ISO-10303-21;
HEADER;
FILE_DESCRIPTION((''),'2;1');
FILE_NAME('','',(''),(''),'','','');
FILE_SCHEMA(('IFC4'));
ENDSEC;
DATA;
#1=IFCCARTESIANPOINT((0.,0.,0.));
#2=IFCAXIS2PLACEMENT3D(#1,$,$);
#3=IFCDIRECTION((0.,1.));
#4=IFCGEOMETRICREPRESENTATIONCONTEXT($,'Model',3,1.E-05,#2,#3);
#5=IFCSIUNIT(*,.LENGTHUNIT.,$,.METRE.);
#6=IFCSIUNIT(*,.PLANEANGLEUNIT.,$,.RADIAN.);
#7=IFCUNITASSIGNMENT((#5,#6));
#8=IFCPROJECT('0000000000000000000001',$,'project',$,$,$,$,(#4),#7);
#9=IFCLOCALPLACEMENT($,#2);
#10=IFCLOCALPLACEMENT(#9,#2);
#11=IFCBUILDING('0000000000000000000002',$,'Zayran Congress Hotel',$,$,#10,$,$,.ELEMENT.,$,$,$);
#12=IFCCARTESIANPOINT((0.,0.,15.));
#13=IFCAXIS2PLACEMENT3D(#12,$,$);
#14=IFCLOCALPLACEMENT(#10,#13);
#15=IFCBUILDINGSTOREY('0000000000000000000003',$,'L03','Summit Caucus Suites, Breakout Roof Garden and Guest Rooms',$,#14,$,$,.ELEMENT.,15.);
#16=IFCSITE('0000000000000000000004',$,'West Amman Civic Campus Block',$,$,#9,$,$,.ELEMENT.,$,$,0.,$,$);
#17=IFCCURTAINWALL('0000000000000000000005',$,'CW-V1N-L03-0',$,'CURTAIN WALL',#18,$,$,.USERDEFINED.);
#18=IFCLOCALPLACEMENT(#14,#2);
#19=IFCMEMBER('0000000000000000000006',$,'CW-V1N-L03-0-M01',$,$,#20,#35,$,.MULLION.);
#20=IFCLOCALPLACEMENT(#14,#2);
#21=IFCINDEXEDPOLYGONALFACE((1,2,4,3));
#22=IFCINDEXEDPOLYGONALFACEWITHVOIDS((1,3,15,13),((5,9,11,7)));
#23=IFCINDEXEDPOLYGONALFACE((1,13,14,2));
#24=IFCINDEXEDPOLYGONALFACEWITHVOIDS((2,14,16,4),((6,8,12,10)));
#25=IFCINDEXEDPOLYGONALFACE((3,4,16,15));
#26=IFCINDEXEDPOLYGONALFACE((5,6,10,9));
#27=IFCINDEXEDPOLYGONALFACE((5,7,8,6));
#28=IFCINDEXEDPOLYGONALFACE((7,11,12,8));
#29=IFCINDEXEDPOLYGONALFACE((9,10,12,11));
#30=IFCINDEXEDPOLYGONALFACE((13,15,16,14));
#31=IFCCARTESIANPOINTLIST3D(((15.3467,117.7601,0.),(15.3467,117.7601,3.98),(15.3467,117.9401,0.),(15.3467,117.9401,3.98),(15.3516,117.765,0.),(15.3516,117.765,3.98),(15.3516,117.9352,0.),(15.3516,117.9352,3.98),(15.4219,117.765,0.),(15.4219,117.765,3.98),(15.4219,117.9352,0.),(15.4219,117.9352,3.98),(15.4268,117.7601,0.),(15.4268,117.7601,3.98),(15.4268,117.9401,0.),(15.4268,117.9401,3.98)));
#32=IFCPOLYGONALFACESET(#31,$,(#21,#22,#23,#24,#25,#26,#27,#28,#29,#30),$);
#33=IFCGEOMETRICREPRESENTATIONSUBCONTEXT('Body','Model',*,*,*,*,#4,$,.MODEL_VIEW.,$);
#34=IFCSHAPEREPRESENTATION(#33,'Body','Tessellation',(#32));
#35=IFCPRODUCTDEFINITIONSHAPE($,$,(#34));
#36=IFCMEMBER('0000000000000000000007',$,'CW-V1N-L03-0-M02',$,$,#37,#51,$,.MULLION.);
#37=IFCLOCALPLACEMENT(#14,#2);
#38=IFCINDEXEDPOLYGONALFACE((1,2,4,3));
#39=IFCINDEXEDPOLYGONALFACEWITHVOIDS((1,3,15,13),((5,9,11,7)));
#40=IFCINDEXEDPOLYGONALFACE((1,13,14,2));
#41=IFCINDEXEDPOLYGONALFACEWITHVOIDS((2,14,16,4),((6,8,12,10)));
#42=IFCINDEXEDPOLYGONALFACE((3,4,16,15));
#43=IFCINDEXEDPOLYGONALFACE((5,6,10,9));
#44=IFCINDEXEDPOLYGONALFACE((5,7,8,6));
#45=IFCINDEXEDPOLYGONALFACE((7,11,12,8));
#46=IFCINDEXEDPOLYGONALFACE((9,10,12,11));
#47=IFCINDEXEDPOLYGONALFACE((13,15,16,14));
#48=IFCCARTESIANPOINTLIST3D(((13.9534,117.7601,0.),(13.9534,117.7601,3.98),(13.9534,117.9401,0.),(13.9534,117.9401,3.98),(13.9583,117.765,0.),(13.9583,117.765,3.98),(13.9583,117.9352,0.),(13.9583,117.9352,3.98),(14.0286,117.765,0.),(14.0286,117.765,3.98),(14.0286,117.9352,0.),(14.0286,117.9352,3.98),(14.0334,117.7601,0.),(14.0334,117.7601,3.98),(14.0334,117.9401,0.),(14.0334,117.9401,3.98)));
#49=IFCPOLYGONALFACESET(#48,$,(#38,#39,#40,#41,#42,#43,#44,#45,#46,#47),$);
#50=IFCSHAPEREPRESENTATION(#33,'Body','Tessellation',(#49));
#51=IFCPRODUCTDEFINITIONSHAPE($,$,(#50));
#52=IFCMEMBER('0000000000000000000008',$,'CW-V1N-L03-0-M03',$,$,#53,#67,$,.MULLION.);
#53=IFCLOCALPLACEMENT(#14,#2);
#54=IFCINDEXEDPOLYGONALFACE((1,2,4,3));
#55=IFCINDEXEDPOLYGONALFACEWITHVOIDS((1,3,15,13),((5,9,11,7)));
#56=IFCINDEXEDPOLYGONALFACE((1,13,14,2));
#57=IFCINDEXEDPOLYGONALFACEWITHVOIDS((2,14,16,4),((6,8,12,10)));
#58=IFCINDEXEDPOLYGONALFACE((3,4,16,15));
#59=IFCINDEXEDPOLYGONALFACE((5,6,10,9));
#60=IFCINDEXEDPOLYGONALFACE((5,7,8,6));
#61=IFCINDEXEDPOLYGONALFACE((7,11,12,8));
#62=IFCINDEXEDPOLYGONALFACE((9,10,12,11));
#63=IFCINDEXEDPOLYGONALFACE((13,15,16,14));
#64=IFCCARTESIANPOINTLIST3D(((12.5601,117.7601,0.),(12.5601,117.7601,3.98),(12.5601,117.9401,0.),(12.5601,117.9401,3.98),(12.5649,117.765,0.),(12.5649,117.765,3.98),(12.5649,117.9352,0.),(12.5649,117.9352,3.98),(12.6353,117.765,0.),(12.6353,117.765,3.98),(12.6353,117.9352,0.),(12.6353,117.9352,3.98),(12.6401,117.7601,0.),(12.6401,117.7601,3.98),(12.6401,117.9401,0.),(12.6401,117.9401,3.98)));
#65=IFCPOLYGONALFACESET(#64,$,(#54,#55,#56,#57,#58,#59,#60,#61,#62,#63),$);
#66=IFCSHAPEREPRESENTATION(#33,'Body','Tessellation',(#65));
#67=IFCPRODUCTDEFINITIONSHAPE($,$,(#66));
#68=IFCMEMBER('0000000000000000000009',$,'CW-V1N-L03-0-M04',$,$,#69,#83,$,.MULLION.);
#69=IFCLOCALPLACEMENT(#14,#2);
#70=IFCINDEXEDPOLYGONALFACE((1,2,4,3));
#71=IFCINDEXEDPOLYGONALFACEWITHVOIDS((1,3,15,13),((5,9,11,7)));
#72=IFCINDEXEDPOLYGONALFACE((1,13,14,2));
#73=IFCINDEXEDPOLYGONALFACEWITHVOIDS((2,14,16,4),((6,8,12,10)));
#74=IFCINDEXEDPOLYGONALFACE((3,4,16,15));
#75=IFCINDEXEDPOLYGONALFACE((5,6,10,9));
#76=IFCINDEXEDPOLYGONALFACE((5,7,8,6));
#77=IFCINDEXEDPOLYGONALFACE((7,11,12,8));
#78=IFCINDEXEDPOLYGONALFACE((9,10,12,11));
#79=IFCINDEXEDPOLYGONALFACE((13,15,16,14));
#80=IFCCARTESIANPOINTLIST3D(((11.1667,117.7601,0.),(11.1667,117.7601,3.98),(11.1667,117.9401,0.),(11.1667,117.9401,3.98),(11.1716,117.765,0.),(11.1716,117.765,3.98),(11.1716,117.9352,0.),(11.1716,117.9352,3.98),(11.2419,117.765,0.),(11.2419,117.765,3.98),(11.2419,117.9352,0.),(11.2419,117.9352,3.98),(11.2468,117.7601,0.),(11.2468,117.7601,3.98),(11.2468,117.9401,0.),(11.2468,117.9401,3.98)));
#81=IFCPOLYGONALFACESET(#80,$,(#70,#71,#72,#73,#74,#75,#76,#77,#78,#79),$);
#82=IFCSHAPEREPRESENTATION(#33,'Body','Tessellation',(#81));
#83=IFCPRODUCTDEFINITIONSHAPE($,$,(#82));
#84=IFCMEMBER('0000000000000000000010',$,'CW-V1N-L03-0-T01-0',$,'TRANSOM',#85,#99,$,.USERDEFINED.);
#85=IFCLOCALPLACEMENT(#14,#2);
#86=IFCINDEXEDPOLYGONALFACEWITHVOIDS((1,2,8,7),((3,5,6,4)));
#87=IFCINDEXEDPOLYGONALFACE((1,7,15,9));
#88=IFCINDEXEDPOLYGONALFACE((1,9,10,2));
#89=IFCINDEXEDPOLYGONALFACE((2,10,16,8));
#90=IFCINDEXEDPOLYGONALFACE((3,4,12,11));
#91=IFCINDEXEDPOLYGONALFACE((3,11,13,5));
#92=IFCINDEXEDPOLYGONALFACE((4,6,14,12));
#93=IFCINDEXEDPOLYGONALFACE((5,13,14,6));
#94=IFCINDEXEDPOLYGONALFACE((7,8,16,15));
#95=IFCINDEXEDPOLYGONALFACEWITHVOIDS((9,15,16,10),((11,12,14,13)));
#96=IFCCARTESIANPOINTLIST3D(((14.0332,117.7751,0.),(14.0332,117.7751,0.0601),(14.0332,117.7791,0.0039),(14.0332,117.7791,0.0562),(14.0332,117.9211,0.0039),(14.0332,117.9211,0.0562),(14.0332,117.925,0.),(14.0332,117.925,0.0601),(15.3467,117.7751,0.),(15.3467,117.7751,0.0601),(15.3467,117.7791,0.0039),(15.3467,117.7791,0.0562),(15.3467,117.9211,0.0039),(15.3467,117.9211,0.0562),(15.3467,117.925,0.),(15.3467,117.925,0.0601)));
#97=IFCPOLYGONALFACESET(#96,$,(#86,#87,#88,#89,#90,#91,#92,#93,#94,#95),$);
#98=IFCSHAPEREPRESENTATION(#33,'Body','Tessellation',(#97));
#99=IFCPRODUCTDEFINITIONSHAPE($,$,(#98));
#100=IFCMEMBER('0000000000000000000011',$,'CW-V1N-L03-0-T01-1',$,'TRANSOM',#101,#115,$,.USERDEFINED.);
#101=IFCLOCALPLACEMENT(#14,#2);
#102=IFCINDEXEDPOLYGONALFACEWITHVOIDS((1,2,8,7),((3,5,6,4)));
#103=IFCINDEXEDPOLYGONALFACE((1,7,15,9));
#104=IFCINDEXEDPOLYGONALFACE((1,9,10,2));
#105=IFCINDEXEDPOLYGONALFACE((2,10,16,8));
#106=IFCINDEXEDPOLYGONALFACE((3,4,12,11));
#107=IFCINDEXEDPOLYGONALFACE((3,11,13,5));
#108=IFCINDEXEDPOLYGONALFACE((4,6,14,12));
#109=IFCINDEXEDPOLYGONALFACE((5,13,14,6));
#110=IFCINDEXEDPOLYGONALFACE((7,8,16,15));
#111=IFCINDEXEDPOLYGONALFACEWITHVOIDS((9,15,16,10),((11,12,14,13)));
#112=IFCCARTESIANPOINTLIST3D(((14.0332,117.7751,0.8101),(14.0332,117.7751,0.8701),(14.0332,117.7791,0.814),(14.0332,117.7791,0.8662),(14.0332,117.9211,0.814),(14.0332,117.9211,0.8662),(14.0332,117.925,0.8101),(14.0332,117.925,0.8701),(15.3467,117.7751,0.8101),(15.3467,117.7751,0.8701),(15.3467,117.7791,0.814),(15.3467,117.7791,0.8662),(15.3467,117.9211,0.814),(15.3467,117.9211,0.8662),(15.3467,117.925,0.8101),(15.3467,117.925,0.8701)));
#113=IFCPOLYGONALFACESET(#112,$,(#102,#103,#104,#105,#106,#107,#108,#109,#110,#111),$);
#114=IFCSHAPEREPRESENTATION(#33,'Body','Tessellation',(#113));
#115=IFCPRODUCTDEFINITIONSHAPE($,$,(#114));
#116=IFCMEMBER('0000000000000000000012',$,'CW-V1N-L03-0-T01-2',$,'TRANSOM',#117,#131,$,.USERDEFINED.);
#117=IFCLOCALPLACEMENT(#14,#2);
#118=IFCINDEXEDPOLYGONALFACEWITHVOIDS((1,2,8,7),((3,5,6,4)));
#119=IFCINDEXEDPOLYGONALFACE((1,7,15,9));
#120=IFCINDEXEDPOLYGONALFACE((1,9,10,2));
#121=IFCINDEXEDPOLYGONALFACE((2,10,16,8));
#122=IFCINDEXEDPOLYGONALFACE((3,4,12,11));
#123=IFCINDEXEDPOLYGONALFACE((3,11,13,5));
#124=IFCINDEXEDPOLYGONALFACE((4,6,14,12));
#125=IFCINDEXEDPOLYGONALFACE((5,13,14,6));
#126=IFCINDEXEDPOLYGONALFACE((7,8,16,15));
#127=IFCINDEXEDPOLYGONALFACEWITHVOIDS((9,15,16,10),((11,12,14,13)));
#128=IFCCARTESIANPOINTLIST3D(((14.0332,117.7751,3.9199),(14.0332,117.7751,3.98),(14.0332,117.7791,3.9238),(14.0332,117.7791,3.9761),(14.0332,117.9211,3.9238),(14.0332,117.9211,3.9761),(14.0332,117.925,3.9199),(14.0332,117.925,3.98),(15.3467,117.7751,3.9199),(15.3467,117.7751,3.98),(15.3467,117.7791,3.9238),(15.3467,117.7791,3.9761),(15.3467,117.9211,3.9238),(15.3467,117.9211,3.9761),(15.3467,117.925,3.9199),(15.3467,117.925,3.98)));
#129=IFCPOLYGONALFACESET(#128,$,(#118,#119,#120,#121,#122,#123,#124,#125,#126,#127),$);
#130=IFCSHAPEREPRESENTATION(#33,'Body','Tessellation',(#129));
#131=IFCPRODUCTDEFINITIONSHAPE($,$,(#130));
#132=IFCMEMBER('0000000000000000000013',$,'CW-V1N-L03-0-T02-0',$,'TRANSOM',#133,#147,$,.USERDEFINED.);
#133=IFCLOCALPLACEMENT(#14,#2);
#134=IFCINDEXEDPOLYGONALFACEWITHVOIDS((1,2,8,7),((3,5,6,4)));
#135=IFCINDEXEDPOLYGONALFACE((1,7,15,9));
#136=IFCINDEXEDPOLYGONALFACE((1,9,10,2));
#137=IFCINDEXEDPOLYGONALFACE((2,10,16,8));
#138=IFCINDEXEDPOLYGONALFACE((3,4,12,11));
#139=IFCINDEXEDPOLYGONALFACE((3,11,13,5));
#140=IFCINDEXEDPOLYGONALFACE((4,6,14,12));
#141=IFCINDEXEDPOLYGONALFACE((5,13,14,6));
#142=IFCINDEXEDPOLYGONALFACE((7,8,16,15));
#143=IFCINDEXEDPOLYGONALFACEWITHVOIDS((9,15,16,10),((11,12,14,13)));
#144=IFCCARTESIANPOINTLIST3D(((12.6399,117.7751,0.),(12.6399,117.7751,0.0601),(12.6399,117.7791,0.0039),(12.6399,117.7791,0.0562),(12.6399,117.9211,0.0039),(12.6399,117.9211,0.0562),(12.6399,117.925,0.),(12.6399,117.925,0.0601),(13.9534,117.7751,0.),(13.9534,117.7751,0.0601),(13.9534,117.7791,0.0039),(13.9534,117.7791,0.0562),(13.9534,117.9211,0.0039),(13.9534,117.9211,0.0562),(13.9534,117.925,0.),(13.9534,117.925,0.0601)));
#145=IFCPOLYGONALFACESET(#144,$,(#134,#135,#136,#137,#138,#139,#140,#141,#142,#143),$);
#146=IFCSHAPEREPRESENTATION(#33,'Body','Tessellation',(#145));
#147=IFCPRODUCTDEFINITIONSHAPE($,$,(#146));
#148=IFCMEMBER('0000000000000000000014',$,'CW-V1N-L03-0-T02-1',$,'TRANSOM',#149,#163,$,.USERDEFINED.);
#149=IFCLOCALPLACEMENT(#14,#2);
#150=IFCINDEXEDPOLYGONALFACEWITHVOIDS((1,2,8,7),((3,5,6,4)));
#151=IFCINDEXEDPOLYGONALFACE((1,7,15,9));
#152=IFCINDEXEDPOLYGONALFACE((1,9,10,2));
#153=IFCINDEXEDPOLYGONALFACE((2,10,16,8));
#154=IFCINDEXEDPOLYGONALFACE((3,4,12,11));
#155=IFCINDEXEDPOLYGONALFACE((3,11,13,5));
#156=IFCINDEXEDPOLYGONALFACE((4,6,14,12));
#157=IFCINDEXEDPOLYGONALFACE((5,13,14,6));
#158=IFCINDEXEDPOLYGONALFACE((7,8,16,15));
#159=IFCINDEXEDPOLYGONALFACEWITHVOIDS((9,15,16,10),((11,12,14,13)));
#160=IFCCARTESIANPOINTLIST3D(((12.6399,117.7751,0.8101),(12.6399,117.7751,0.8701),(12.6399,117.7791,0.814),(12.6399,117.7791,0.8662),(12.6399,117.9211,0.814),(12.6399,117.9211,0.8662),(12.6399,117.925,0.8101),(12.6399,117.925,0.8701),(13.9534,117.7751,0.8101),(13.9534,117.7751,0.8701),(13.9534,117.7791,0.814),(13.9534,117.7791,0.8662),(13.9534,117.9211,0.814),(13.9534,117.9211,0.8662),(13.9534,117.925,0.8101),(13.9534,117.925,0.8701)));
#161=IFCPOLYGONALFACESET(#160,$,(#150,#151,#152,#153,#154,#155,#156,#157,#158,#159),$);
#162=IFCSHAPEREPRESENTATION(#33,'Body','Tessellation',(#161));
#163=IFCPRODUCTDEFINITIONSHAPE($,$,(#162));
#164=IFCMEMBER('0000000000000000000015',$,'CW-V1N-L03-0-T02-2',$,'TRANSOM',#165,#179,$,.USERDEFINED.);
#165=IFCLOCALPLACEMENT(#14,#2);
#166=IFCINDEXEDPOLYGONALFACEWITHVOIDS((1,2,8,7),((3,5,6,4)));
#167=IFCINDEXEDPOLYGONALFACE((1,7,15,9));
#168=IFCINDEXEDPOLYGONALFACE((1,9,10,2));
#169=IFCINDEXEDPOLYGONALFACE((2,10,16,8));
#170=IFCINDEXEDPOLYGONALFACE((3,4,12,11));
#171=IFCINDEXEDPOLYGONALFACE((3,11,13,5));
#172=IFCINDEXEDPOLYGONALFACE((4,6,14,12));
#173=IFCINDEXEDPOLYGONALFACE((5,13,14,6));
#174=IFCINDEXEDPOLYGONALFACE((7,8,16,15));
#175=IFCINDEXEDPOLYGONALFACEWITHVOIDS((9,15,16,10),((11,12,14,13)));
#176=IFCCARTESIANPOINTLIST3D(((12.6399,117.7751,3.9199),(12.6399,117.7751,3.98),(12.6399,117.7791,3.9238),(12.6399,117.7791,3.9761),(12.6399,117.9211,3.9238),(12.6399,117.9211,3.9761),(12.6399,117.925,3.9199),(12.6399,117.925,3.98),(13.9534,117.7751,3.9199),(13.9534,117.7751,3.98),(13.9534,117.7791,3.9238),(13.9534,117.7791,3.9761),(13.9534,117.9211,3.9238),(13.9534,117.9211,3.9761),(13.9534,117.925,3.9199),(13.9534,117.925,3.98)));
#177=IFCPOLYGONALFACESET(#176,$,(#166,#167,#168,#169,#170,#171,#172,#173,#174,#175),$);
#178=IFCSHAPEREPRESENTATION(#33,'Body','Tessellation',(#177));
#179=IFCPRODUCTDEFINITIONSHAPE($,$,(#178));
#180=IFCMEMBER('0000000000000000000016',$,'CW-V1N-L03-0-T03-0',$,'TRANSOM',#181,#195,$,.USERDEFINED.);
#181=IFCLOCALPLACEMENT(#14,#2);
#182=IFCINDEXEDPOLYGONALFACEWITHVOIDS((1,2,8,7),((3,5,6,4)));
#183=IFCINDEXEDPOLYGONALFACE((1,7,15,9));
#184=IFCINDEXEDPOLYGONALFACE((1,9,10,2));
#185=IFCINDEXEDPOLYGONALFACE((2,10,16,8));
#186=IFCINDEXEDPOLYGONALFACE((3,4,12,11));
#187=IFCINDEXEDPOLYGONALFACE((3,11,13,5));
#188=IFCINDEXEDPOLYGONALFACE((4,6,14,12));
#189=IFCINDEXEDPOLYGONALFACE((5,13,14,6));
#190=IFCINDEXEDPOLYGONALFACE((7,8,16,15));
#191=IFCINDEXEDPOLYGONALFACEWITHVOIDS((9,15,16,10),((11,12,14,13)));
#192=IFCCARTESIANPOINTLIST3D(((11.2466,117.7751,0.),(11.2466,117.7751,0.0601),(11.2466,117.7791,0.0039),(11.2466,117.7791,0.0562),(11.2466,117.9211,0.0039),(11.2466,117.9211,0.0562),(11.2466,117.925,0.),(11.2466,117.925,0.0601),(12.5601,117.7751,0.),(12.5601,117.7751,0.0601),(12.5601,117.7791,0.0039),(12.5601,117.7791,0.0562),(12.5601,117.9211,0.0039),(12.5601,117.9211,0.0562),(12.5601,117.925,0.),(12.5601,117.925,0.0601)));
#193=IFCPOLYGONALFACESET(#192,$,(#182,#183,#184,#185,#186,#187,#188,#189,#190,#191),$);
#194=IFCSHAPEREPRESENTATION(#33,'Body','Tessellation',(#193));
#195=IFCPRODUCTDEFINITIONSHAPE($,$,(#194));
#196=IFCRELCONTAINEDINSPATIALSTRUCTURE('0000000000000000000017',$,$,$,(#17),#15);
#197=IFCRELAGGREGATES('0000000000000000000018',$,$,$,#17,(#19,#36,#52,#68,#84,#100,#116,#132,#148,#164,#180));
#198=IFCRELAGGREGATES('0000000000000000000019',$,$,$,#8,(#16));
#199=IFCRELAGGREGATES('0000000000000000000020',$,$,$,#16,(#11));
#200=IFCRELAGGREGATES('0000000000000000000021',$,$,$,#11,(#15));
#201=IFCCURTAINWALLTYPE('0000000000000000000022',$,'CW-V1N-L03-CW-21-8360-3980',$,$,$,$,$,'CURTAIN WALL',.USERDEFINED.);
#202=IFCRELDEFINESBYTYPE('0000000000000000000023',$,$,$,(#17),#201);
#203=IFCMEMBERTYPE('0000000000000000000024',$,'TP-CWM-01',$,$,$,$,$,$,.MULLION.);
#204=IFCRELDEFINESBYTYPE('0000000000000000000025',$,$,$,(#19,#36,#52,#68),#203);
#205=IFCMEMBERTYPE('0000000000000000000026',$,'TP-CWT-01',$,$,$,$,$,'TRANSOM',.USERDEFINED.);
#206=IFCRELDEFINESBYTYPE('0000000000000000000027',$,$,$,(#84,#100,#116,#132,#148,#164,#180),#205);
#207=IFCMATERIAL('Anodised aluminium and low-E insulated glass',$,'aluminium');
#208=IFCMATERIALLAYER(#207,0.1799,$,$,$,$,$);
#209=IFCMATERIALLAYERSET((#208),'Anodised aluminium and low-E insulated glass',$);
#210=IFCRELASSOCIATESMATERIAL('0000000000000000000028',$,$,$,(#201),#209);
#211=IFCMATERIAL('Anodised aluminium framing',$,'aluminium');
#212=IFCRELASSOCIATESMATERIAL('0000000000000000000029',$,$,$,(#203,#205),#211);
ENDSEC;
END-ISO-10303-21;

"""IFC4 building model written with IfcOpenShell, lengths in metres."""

from ifc_helpers import new_model, si_unit, direction, frame, origin, origin_2d, place, context, subcontext, project, spatial, hollow_rectangle, extrude, material, layer, layer_set, material_profile, profile_set, type_object, element, aggregate, save


model = new_model("IFC4")

# Units and contexts
model_context = context("Model", 3, precision=1e-05, world=origin(), true_north=direction((0.0, 1.0)))
body_context = subcontext(model_context, "Body", "Model", "MODEL_VIEW")
ifc_project = project(units=[si_unit("LENGTHUNIT", "METRE"), si_unit("PLANEANGLEUNIT", "RADIAN")], contexts=[model_context])

# Site, building, storey
site_placement = place(None, origin())
site = spatial("IfcSite", under=ifc_project, at=site_placement, Name="West Amman Civic Campus Block", CompositionType="ELEMENT", RefElevation=0.0)
building_placement = place(site_placement, origin())
building = spatial("IfcBuilding", under=site, at=building_placement, Name="Zayran Congress Hotel", CompositionType="ELEMENT")
storey_placement = place(building_placement, frame((0.0, 0.0, 15.0)))
storey = spatial("IfcBuildingStorey", under=building, at=storey_placement, Name="L03", Description="Summit Caucus Suites, Breakout Roof Garden and Guest Rooms", CompositionType="ELEMENT", Elevation=15.0)

# Curtain wall, members
ifc_material_1 = material(Name="Anodised aluminium and low-E insulated glass", Category="aluminium")
ifc_layer_1 = layer(ifc_material_1, 0.1799)
ifc_layer_set_1 = layer_set([ifc_layer_1], Name="Anodised aluminium and low-E insulated glass")
curtain_wall_type = type_object("IfcCurtainWallType", Name="CW-V1N-L03-CW-21-8360-3980", ElementType="CURTAIN WALL", PredefinedType="USERDEFINED", material=ifc_layer_set_1)
curtain_wall_placement = place(storey_placement, origin())
curtain_wall = element("IfcCurtainWall", 1, at=curtain_wall_placement, inside=storey, type_object=curtain_wall_type, Name="CW-V1N-L03-0", ObjectType="CURTAIN WALL", PredefinedType="USERDEFINED")
ifc_material_2 = material(Name="Anodised aluminium framing", Category="aluminium")
ifc_material_profile_1 = material_profile(ifc_material_2, hollow_rectangle(XDim=0.0801, YDim=0.1799, WallThickness=0.0049, at=origin_2d()), Name="RHS 180x80x5")
ifc_profile_set_1 = profile_set([ifc_material_profile_1], Name="Anodised aluminium framing")
member_type_1 = type_object("IfcMemberType", Name="TP-CWM-01", PredefinedType="MULLION", material=ifc_profile_set_1)
member_1_placement = place(storey_placement, frame((15.3867, 117.8501, 0.0), z_axis=(0.0, 0.0, 1.0), x_axis=(1.0, 0.0, 0.0)))
member_1 = element("IfcMember", 2, at=member_1_placement, type_object=member_type_1, Name="CW-V1N-L03-0-M01", PredefinedType="MULLION", context=body_context, shape_type="SweptSolid", body=[
    extrude(hollow_rectangle(XDim=0.0801, YDim=0.1799, WallThickness=0.0049, at=origin_2d()), origin(), (0.0, 0.0, 1.0), 3.98),
])
member_2_placement = place(storey_placement, frame((13.9934, 117.8501, 0.0), z_axis=(0.0, 0.0, 1.0), x_axis=(1.0, 0.0, 0.0)))
member_2 = element("IfcMember", 3, at=member_2_placement, type_object=member_type_1, Name="CW-V1N-L03-0-M02", PredefinedType="MULLION", context=body_context, shape_type="SweptSolid", body=[
    extrude(hollow_rectangle(XDim=0.0801, YDim=0.1799, WallThickness=0.0049, at=origin_2d()), origin(), (0.0, 0.0, 1.0), 3.98),
])
member_3_placement = place(storey_placement, frame((12.6001, 117.8501, 0.0), z_axis=(0.0, 0.0, 1.0), x_axis=(1.0, 0.0, 0.0)))
member_3 = element("IfcMember", 4, at=member_3_placement, type_object=member_type_1, Name="CW-V1N-L03-0-M03", PredefinedType="MULLION", context=body_context, shape_type="SweptSolid", body=[
    extrude(hollow_rectangle(XDim=0.0801, YDim=0.1799, WallThickness=0.0049, at=origin_2d()), origin(), (0.0, 0.0, 1.0), 3.98),
])
member_4_placement = place(storey_placement, frame((11.2068, 117.8501, 0.0), z_axis=(0.0, 0.0, 1.0), x_axis=(1.0, 0.0, 0.0)))
member_4 = element("IfcMember", 5, at=member_4_placement, type_object=member_type_1, Name="CW-V1N-L03-0-M04", PredefinedType="MULLION", context=body_context, shape_type="SweptSolid", body=[
    extrude(hollow_rectangle(XDim=0.0801, YDim=0.1799, WallThickness=0.0049, at=origin_2d()), origin(), (0.0, 0.0, 1.0), 3.98),
])
ifc_material_profile_2 = material_profile(ifc_material_2, hollow_rectangle(XDim=0.0601, YDim=0.1499, WallThickness=0.0039, at=origin_2d()), Name="RHS 150x60x4")
ifc_profile_set_2 = profile_set([ifc_material_profile_2], Name="Anodised aluminium framing")
member_type_2 = type_object("IfcMemberType", Name="TP-CWT-01", ElementType="TRANSOM", PredefinedType="USERDEFINED", material=ifc_profile_set_2)
member_5_placement = place(storey_placement, frame((15.3467, 117.8501, 0.03), z_axis=(-1.0, 0.0, 0.0), x_axis=(0.0, 0.0, 1.0)))
member_5 = element("IfcMember", 6, at=member_5_placement, type_object=member_type_2, Name="CW-V1N-L03-0-T01-0", ObjectType="TRANSOM", PredefinedType="USERDEFINED", context=body_context, shape_type="SweptSolid", body=[
    extrude(hollow_rectangle(XDim=0.0601, YDim=0.1499, WallThickness=0.0039, at=origin_2d()), origin(), (0.0, 0.0, 1.0), 1.3135),
])
member_6_placement = place(storey_placement, frame((15.3467, 117.8501, 0.8401), z_axis=(-1.0, 0.0, 0.0), x_axis=(0.0, 0.0, 1.0)))
member_6 = element("IfcMember", 7, at=member_6_placement, type_object=member_type_2, Name="CW-V1N-L03-0-T01-1", ObjectType="TRANSOM", PredefinedType="USERDEFINED", context=body_context, shape_type="SweptSolid", body=[
    extrude(hollow_rectangle(XDim=0.0601, YDim=0.1499, WallThickness=0.0039, at=origin_2d()), origin(), (0.0, 0.0, 1.0), 1.3135),
])
member_7_placement = place(storey_placement, frame((15.3467, 117.8501, 3.95), z_axis=(-1.0, 0.0, 0.0), x_axis=(0.0, 0.0, 1.0)))
member_7 = element("IfcMember", 8, at=member_7_placement, type_object=member_type_2, Name="CW-V1N-L03-0-T01-2", ObjectType="TRANSOM", PredefinedType="USERDEFINED", context=body_context, shape_type="SweptSolid", body=[
    extrude(hollow_rectangle(XDim=0.0601, YDim=0.1499, WallThickness=0.0039, at=origin_2d()), origin(), (0.0, 0.0, 1.0), 1.3135),
])
member_8_placement = place(storey_placement, frame((13.9534, 117.8501, 0.03), z_axis=(-1.0, 0.0, 0.0), x_axis=(0.0, 0.0, 1.0)))
member_8 = element("IfcMember", 9, at=member_8_placement, type_object=member_type_2, Name="CW-V1N-L03-0-T02-0", ObjectType="TRANSOM", PredefinedType="USERDEFINED", context=body_context, shape_type="SweptSolid", body=[
    extrude(hollow_rectangle(XDim=0.0601, YDim=0.1499, WallThickness=0.0039, at=origin_2d()), origin(), (0.0, 0.0, 1.0), 1.3135),
])
member_9_placement = place(storey_placement, frame((13.9534, 117.8501, 0.8401), z_axis=(-1.0, 0.0, 0.0), x_axis=(0.0, 0.0, 1.0)))
member_9 = element("IfcMember", 10, at=member_9_placement, type_object=member_type_2, Name="CW-V1N-L03-0-T02-1", ObjectType="TRANSOM", PredefinedType="USERDEFINED", context=body_context, shape_type="SweptSolid", body=[
    extrude(hollow_rectangle(XDim=0.0601, YDim=0.1499, WallThickness=0.0039, at=origin_2d()), origin(), (0.0, 0.0, 1.0), 1.3135),
])
member_10_placement = place(storey_placement, frame((13.9534, 117.8501, 3.95), z_axis=(-1.0, 0.0, 0.0), x_axis=(0.0, 0.0, 1.0)))
member_10 = element("IfcMember", 11, at=member_10_placement, type_object=member_type_2, Name="CW-V1N-L03-0-T02-2", ObjectType="TRANSOM", PredefinedType="USERDEFINED", context=body_context, shape_type="SweptSolid", body=[
    extrude(hollow_rectangle(XDim=0.0601, YDim=0.1499, WallThickness=0.0039, at=origin_2d()), origin(), (0.0, 0.0, 1.0), 1.3135),
])
member_11_placement = place(storey_placement, frame((12.5601, 117.8501, 0.03), z_axis=(-1.0, 0.0, 0.0), x_axis=(0.0, 0.0, 1.0)))
member_11 = element("IfcMember", 12, at=member_11_placement, type_object=member_type_2, Name="CW-V1N-L03-0-T03-0", ObjectType="TRANSOM", PredefinedType="USERDEFINED", context=body_context, shape_type="SweptSolid", body=[
    extrude(hollow_rectangle(XDim=0.0601, YDim=0.1499, WallThickness=0.0039, at=origin_2d()), origin(), (0.0, 0.0, 1.0), 1.3135),
])
aggregate(curtain_wall, [member_1, member_2, member_3, member_4, member_5, member_6, member_7, member_8, member_9, member_10, member_11])

save(model, "model.ifc")
